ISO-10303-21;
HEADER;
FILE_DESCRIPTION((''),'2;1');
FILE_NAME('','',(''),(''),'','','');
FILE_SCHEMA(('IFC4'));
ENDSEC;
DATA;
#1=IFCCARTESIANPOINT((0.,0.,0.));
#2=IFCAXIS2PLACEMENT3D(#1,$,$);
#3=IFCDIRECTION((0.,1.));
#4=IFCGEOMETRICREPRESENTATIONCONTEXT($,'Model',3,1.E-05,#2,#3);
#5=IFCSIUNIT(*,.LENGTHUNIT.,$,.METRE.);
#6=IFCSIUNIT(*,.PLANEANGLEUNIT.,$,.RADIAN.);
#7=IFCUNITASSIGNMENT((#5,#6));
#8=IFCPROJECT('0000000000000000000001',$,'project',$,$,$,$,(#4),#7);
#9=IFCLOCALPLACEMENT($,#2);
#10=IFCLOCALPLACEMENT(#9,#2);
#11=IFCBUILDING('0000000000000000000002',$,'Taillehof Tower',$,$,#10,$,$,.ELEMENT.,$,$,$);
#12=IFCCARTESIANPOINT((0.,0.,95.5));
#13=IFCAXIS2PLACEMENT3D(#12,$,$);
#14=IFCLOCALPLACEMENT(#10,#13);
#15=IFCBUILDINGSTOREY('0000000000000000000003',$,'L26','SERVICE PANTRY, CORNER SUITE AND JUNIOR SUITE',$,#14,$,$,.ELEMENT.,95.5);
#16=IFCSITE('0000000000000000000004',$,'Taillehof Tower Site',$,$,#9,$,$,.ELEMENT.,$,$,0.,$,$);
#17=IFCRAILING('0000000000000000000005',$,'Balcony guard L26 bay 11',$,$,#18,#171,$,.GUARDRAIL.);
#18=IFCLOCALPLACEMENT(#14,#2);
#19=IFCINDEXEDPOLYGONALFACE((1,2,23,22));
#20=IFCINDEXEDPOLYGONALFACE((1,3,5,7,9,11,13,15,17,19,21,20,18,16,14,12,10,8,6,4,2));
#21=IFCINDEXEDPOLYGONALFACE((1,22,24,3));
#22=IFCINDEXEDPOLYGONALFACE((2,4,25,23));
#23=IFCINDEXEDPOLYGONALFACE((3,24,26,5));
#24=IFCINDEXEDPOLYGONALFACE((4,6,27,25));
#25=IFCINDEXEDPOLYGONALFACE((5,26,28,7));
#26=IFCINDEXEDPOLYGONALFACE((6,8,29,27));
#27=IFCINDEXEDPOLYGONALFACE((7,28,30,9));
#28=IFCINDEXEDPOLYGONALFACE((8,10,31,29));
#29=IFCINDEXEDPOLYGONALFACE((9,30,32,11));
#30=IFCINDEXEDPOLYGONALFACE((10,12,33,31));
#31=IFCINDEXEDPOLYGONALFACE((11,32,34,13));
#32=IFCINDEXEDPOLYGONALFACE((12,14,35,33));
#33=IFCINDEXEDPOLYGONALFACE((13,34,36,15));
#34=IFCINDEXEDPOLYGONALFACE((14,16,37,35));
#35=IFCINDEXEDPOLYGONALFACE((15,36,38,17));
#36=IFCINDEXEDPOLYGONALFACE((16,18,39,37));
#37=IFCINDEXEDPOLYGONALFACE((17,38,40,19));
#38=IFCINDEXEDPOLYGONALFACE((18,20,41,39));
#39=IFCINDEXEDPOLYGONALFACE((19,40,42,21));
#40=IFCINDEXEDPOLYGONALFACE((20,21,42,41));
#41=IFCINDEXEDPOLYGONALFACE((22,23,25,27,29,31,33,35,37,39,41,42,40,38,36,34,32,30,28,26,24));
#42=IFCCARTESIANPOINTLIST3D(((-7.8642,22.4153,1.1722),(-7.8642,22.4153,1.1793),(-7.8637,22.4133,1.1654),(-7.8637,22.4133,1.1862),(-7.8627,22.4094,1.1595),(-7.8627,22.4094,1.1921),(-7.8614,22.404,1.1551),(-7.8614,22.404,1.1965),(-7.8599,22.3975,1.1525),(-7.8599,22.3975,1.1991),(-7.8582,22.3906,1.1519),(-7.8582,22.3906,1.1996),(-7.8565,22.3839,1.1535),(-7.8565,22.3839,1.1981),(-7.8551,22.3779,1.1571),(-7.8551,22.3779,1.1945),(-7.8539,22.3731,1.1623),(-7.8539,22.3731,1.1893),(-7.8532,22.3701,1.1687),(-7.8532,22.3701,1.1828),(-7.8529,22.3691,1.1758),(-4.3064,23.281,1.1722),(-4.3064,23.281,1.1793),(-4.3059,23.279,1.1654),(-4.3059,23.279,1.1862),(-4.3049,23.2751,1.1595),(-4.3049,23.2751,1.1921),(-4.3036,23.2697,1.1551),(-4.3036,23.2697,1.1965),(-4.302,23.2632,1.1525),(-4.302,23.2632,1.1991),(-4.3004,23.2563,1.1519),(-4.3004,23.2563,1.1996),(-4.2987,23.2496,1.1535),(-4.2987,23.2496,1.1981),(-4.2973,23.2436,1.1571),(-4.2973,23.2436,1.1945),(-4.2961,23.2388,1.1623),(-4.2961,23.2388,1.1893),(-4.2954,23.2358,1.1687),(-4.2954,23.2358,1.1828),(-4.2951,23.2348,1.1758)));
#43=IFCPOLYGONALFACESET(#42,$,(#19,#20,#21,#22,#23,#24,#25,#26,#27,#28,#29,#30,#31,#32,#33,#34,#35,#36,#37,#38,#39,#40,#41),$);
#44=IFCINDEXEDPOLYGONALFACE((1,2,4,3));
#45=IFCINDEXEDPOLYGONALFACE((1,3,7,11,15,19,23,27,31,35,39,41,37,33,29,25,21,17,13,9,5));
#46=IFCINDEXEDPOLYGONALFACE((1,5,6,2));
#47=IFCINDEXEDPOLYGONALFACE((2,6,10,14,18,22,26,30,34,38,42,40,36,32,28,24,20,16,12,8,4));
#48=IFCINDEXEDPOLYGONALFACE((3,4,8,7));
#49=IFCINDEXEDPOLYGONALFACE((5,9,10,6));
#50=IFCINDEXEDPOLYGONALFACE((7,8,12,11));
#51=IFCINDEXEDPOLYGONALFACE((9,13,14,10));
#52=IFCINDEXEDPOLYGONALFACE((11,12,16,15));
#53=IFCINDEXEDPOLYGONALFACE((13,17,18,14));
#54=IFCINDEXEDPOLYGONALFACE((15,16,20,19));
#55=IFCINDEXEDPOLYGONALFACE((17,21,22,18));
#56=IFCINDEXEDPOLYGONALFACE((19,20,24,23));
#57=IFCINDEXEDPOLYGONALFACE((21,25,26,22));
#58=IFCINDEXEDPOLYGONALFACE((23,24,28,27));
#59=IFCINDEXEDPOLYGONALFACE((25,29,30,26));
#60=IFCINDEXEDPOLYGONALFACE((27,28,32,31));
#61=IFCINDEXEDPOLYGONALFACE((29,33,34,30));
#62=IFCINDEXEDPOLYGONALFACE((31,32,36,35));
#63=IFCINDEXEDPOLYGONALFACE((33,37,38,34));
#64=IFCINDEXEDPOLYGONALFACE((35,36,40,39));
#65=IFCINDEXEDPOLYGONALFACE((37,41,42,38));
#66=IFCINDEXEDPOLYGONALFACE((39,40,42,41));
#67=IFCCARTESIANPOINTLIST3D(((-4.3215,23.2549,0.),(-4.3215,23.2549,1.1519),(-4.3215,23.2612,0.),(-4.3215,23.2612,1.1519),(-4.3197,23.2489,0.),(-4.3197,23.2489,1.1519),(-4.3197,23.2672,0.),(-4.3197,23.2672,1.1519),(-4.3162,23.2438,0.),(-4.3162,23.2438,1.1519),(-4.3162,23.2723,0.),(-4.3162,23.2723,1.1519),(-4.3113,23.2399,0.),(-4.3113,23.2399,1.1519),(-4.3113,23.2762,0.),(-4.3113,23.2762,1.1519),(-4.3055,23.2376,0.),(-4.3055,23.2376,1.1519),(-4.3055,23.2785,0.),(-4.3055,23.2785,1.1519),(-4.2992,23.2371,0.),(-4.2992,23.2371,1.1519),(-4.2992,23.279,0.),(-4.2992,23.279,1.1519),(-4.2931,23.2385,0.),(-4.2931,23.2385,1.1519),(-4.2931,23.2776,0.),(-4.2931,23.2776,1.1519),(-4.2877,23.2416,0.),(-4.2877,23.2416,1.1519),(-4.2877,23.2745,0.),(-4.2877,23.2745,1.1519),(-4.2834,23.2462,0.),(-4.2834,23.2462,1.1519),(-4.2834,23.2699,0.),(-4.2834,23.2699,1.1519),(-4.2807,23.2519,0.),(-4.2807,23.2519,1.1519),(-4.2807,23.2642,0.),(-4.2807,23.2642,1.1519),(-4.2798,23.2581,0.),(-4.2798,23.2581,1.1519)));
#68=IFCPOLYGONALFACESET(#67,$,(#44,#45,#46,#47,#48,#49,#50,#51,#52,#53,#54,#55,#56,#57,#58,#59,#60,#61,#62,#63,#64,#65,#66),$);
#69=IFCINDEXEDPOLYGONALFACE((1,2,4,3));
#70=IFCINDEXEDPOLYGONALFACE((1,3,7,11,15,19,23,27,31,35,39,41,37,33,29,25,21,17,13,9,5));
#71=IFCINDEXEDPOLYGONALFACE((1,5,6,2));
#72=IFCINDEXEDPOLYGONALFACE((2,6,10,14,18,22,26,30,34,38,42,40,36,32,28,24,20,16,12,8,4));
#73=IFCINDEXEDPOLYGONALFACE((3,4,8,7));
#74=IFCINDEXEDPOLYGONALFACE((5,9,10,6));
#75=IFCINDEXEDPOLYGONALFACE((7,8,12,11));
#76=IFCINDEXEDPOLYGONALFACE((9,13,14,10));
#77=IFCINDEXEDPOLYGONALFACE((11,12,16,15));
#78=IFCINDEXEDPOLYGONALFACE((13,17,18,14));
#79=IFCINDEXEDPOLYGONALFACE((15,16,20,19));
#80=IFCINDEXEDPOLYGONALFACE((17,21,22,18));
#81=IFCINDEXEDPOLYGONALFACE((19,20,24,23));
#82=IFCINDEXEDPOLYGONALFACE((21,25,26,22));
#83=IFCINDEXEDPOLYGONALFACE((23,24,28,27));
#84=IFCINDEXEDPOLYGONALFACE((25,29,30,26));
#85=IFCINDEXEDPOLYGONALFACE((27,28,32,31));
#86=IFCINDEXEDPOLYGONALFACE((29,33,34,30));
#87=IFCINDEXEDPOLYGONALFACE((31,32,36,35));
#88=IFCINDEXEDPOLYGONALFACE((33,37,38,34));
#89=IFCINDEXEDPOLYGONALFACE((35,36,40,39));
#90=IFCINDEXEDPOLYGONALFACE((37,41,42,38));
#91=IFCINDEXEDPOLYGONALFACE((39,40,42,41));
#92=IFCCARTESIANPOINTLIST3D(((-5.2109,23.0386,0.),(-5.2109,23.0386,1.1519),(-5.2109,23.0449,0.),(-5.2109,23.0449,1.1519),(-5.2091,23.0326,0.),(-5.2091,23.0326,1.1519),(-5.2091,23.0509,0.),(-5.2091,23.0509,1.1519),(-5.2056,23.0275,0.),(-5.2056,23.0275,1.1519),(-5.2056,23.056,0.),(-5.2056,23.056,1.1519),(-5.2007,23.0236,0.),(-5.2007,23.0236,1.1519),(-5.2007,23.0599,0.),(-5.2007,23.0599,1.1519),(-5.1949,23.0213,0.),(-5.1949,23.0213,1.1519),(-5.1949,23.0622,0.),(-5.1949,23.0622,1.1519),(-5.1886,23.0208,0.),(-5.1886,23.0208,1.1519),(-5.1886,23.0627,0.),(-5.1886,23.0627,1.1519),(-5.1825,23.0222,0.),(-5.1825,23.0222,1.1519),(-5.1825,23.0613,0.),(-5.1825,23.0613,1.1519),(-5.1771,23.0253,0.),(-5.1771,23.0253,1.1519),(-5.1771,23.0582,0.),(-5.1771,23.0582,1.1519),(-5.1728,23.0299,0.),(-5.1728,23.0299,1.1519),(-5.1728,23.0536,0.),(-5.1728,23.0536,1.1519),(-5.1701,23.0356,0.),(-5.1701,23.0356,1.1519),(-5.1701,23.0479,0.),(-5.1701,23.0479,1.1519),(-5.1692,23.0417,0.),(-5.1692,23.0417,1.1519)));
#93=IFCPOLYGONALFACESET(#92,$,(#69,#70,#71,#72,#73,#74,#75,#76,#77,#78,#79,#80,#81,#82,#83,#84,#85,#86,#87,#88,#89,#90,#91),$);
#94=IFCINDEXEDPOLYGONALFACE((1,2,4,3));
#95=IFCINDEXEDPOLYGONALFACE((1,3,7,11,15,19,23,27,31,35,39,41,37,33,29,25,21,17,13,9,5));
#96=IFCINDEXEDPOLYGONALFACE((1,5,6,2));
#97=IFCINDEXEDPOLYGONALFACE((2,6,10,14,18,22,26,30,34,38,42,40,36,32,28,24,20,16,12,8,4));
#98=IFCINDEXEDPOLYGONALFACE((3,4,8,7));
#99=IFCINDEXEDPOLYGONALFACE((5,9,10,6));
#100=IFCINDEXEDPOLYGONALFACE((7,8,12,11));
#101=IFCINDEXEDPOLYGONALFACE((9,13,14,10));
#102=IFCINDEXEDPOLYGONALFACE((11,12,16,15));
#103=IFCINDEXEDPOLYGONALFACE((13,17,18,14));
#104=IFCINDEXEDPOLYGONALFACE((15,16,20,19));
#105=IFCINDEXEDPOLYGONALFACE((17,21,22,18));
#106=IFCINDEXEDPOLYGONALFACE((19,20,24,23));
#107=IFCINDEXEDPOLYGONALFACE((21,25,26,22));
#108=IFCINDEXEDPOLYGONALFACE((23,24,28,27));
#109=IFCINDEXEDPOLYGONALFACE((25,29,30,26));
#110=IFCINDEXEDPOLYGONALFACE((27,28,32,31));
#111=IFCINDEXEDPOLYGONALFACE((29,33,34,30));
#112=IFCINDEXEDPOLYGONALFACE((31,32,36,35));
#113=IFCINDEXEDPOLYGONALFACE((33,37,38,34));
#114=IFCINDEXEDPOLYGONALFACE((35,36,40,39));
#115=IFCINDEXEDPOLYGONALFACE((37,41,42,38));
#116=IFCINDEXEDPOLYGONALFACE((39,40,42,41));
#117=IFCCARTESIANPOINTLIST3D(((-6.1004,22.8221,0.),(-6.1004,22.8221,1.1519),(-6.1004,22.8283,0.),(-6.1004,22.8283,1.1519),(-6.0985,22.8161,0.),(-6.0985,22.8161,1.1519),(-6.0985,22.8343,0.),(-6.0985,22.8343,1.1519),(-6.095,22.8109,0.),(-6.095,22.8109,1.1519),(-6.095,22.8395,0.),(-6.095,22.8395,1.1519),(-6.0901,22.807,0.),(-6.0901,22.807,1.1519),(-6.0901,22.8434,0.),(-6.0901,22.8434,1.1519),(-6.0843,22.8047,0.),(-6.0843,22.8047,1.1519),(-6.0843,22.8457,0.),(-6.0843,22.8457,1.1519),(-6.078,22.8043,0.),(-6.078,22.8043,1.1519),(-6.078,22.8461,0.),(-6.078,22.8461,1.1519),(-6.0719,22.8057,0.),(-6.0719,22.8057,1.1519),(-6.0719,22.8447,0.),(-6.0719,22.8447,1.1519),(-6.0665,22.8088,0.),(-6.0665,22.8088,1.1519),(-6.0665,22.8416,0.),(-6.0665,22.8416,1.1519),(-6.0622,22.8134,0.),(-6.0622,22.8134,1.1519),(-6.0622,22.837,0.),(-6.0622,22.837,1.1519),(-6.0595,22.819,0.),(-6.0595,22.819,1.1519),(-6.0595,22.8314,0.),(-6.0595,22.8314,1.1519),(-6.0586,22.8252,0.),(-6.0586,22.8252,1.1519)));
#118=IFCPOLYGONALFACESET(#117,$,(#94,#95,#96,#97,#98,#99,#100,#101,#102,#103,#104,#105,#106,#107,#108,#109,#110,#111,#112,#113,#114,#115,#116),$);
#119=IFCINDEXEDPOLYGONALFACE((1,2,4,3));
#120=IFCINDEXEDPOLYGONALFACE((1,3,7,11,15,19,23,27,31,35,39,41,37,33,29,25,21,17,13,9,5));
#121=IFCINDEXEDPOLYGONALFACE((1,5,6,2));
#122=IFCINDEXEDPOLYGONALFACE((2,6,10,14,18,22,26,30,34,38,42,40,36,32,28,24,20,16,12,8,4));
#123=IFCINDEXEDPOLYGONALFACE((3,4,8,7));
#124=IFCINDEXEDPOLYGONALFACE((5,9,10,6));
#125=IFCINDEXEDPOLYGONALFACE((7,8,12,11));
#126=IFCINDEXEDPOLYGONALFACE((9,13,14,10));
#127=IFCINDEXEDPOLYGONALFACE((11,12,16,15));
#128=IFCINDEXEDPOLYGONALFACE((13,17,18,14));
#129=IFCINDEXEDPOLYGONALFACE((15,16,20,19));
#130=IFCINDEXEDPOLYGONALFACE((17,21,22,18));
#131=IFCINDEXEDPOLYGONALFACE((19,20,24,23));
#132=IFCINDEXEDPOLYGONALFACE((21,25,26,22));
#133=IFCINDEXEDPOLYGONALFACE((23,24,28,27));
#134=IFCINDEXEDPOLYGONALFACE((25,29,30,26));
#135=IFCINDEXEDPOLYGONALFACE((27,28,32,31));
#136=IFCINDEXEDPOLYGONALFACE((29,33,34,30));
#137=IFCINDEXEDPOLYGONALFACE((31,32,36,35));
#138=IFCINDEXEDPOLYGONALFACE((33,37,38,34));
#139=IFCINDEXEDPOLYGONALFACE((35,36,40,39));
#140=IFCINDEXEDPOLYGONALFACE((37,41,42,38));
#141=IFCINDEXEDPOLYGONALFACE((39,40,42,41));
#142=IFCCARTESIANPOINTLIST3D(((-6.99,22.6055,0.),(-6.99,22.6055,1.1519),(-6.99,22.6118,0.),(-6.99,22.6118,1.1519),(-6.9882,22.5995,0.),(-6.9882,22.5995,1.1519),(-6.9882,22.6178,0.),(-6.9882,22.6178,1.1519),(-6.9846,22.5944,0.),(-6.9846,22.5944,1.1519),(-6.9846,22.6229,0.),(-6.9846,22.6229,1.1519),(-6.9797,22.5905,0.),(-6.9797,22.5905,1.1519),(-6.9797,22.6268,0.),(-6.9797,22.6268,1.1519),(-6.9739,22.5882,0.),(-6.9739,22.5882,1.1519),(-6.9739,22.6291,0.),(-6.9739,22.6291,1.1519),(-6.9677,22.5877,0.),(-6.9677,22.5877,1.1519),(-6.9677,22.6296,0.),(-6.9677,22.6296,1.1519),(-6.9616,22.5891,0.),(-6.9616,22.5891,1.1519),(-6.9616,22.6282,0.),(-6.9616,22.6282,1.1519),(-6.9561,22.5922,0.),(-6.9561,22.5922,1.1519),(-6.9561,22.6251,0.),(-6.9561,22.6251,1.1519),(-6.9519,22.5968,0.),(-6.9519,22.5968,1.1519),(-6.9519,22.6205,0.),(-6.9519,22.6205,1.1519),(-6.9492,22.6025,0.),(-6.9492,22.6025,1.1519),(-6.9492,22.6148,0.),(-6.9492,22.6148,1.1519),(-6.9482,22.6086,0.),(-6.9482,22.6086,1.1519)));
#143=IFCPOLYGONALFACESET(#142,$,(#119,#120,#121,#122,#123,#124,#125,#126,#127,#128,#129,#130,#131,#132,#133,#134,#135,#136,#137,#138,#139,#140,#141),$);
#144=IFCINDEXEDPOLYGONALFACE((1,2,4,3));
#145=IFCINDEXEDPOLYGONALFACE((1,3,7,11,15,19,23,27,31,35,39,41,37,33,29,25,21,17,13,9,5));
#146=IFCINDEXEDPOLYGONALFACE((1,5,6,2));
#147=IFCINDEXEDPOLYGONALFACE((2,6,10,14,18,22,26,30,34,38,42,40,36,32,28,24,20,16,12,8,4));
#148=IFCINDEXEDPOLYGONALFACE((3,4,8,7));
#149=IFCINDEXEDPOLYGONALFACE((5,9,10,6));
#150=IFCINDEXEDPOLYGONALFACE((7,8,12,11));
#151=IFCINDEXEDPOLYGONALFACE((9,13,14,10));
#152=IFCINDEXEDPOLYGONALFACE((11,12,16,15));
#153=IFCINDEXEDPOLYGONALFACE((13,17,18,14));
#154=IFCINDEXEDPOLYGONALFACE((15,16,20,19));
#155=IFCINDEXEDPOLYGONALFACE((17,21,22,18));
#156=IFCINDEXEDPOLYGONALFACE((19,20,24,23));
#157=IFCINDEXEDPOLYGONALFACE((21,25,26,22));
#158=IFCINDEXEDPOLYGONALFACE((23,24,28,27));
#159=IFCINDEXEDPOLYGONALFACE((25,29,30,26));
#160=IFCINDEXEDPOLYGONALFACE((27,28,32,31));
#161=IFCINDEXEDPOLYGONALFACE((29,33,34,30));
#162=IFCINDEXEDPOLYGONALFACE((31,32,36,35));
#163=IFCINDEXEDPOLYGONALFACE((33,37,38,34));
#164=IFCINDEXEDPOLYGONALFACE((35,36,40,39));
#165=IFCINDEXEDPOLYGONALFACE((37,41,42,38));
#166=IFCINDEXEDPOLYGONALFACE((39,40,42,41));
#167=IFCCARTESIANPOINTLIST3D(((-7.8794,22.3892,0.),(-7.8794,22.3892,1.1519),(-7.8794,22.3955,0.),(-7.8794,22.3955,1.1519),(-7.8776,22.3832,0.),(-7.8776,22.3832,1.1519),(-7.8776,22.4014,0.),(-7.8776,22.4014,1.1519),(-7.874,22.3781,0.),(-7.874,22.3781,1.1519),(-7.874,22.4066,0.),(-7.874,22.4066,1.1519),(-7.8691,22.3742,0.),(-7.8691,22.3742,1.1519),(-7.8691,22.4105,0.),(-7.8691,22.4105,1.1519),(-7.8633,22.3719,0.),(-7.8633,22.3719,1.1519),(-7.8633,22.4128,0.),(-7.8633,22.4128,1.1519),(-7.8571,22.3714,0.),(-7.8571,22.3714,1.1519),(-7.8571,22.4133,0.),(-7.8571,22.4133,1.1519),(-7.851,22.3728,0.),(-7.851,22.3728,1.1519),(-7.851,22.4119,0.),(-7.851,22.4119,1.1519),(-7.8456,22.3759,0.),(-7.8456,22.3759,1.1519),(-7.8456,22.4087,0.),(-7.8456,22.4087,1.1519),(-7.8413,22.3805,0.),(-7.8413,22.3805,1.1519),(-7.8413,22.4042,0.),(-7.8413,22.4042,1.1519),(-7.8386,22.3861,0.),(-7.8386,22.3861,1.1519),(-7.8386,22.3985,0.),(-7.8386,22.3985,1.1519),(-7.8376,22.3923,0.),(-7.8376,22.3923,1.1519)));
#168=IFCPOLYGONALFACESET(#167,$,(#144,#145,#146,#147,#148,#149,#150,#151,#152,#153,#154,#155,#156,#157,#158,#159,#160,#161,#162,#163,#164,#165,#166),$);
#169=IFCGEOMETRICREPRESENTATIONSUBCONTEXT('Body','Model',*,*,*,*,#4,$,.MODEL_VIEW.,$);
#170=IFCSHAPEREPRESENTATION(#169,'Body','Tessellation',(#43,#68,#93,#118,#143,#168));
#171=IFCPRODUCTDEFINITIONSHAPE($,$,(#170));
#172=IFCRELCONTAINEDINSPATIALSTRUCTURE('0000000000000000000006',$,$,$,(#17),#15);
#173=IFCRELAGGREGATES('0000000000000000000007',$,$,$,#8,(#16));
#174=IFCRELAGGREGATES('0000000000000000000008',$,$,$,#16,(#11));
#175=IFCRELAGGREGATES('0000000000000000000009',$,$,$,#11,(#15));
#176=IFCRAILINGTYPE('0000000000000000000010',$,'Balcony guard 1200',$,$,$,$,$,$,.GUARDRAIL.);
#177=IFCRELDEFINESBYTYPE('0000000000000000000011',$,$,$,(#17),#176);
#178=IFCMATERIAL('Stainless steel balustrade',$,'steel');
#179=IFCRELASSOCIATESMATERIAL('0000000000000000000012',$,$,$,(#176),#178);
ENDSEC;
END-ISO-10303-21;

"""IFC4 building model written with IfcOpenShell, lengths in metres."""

from ifc_helpers import new_model, si_unit, direction, frame, origin, origin_2d, place, context, subcontext, project, spatial, circle, extrude, material, type_object, element, save


model = new_model("IFC4")

# Units and contexts
model_context = context("Model", 3, precision=1e-05, world=origin(), true_north=direction((0.0, 1.0)))
body_context = subcontext(model_context, "Body", "Model", "MODEL_VIEW")
ifc_project = project(units=[si_unit("LENGTHUNIT", "METRE"), si_unit("PLANEANGLEUNIT", "RADIAN")], contexts=[model_context])

# Site, building, storey
site_placement = place(None, origin())
site = spatial("IfcSite", under=ifc_project, at=site_placement, Name="Taillehof Tower Site", CompositionType="ELEMENT", RefElevation=0.0)
building_placement = place(site_placement, origin())
building = spatial("IfcBuilding", under=site, at=building_placement, Name="Taillehof Tower", CompositionType="ELEMENT")
storey_placement = place(building_placement, frame((0.0, 0.0, 95.5)))
storey = spatial("IfcBuildingStorey", under=building, at=storey_placement, Name="L26", Description="SERVICE PANTRY, CORNER SUITE AND JUNIOR SUITE", CompositionType="ELEMENT", Elevation=95.5)

# Railing
ifc_material_1 = material(Name="Stainless steel balustrade", Category="steel")
railing_type = type_object("IfcRailingType", Name="Balcony guard 1200", PredefinedType="GUARDRAIL", material=ifc_material_1)
railing_placement = place(storey_placement, frame((-4.3008, 23.2581, 0.0)))
element("IfcRailing", 1, at=railing_placement, inside=storey, type_object=railing_type, Name="Balcony guard L26 bay 11", PredefinedType="GUARDRAIL", context=body_context, shape_type="SweptSolid", body=[
    extrude(circle(Radius=0.0239, at=origin_2d()), frame((0.0, 0.0, 1.1758), z_axis=(-0.971649, -0.236428, 0.0), x_axis=(0.236428, -0.971649, 0.0)), (0.0, 0.0, 1.0), 3.6616),
    extrude(circle(Radius=0.021, at=origin_2d()), origin(), (0.0, 0.0, 1.0), 1.1519),
    extrude(circle(Radius=0.021, at=origin_2d()), frame((-0.8894, -0.2163, 0.0)), (0.0, 0.0, 1.0), 1.1519),
    extrude(circle(Radius=0.021, at=origin_2d()), frame((-1.7788, -0.4329, 0.0)), (0.0, 0.0, 1.0), 1.1519),
    extrude(circle(Radius=0.021, at=origin_2d()), frame((-2.6685, -0.6494, 0.0)), (0.0, 0.0, 1.0), 1.1519),
    extrude(circle(Radius=0.021, at=origin_2d()), frame((-3.5579, -0.8657, 0.0)), (0.0, 0.0, 1.0), 1.1519),
])

save(model, "model.ifc")
